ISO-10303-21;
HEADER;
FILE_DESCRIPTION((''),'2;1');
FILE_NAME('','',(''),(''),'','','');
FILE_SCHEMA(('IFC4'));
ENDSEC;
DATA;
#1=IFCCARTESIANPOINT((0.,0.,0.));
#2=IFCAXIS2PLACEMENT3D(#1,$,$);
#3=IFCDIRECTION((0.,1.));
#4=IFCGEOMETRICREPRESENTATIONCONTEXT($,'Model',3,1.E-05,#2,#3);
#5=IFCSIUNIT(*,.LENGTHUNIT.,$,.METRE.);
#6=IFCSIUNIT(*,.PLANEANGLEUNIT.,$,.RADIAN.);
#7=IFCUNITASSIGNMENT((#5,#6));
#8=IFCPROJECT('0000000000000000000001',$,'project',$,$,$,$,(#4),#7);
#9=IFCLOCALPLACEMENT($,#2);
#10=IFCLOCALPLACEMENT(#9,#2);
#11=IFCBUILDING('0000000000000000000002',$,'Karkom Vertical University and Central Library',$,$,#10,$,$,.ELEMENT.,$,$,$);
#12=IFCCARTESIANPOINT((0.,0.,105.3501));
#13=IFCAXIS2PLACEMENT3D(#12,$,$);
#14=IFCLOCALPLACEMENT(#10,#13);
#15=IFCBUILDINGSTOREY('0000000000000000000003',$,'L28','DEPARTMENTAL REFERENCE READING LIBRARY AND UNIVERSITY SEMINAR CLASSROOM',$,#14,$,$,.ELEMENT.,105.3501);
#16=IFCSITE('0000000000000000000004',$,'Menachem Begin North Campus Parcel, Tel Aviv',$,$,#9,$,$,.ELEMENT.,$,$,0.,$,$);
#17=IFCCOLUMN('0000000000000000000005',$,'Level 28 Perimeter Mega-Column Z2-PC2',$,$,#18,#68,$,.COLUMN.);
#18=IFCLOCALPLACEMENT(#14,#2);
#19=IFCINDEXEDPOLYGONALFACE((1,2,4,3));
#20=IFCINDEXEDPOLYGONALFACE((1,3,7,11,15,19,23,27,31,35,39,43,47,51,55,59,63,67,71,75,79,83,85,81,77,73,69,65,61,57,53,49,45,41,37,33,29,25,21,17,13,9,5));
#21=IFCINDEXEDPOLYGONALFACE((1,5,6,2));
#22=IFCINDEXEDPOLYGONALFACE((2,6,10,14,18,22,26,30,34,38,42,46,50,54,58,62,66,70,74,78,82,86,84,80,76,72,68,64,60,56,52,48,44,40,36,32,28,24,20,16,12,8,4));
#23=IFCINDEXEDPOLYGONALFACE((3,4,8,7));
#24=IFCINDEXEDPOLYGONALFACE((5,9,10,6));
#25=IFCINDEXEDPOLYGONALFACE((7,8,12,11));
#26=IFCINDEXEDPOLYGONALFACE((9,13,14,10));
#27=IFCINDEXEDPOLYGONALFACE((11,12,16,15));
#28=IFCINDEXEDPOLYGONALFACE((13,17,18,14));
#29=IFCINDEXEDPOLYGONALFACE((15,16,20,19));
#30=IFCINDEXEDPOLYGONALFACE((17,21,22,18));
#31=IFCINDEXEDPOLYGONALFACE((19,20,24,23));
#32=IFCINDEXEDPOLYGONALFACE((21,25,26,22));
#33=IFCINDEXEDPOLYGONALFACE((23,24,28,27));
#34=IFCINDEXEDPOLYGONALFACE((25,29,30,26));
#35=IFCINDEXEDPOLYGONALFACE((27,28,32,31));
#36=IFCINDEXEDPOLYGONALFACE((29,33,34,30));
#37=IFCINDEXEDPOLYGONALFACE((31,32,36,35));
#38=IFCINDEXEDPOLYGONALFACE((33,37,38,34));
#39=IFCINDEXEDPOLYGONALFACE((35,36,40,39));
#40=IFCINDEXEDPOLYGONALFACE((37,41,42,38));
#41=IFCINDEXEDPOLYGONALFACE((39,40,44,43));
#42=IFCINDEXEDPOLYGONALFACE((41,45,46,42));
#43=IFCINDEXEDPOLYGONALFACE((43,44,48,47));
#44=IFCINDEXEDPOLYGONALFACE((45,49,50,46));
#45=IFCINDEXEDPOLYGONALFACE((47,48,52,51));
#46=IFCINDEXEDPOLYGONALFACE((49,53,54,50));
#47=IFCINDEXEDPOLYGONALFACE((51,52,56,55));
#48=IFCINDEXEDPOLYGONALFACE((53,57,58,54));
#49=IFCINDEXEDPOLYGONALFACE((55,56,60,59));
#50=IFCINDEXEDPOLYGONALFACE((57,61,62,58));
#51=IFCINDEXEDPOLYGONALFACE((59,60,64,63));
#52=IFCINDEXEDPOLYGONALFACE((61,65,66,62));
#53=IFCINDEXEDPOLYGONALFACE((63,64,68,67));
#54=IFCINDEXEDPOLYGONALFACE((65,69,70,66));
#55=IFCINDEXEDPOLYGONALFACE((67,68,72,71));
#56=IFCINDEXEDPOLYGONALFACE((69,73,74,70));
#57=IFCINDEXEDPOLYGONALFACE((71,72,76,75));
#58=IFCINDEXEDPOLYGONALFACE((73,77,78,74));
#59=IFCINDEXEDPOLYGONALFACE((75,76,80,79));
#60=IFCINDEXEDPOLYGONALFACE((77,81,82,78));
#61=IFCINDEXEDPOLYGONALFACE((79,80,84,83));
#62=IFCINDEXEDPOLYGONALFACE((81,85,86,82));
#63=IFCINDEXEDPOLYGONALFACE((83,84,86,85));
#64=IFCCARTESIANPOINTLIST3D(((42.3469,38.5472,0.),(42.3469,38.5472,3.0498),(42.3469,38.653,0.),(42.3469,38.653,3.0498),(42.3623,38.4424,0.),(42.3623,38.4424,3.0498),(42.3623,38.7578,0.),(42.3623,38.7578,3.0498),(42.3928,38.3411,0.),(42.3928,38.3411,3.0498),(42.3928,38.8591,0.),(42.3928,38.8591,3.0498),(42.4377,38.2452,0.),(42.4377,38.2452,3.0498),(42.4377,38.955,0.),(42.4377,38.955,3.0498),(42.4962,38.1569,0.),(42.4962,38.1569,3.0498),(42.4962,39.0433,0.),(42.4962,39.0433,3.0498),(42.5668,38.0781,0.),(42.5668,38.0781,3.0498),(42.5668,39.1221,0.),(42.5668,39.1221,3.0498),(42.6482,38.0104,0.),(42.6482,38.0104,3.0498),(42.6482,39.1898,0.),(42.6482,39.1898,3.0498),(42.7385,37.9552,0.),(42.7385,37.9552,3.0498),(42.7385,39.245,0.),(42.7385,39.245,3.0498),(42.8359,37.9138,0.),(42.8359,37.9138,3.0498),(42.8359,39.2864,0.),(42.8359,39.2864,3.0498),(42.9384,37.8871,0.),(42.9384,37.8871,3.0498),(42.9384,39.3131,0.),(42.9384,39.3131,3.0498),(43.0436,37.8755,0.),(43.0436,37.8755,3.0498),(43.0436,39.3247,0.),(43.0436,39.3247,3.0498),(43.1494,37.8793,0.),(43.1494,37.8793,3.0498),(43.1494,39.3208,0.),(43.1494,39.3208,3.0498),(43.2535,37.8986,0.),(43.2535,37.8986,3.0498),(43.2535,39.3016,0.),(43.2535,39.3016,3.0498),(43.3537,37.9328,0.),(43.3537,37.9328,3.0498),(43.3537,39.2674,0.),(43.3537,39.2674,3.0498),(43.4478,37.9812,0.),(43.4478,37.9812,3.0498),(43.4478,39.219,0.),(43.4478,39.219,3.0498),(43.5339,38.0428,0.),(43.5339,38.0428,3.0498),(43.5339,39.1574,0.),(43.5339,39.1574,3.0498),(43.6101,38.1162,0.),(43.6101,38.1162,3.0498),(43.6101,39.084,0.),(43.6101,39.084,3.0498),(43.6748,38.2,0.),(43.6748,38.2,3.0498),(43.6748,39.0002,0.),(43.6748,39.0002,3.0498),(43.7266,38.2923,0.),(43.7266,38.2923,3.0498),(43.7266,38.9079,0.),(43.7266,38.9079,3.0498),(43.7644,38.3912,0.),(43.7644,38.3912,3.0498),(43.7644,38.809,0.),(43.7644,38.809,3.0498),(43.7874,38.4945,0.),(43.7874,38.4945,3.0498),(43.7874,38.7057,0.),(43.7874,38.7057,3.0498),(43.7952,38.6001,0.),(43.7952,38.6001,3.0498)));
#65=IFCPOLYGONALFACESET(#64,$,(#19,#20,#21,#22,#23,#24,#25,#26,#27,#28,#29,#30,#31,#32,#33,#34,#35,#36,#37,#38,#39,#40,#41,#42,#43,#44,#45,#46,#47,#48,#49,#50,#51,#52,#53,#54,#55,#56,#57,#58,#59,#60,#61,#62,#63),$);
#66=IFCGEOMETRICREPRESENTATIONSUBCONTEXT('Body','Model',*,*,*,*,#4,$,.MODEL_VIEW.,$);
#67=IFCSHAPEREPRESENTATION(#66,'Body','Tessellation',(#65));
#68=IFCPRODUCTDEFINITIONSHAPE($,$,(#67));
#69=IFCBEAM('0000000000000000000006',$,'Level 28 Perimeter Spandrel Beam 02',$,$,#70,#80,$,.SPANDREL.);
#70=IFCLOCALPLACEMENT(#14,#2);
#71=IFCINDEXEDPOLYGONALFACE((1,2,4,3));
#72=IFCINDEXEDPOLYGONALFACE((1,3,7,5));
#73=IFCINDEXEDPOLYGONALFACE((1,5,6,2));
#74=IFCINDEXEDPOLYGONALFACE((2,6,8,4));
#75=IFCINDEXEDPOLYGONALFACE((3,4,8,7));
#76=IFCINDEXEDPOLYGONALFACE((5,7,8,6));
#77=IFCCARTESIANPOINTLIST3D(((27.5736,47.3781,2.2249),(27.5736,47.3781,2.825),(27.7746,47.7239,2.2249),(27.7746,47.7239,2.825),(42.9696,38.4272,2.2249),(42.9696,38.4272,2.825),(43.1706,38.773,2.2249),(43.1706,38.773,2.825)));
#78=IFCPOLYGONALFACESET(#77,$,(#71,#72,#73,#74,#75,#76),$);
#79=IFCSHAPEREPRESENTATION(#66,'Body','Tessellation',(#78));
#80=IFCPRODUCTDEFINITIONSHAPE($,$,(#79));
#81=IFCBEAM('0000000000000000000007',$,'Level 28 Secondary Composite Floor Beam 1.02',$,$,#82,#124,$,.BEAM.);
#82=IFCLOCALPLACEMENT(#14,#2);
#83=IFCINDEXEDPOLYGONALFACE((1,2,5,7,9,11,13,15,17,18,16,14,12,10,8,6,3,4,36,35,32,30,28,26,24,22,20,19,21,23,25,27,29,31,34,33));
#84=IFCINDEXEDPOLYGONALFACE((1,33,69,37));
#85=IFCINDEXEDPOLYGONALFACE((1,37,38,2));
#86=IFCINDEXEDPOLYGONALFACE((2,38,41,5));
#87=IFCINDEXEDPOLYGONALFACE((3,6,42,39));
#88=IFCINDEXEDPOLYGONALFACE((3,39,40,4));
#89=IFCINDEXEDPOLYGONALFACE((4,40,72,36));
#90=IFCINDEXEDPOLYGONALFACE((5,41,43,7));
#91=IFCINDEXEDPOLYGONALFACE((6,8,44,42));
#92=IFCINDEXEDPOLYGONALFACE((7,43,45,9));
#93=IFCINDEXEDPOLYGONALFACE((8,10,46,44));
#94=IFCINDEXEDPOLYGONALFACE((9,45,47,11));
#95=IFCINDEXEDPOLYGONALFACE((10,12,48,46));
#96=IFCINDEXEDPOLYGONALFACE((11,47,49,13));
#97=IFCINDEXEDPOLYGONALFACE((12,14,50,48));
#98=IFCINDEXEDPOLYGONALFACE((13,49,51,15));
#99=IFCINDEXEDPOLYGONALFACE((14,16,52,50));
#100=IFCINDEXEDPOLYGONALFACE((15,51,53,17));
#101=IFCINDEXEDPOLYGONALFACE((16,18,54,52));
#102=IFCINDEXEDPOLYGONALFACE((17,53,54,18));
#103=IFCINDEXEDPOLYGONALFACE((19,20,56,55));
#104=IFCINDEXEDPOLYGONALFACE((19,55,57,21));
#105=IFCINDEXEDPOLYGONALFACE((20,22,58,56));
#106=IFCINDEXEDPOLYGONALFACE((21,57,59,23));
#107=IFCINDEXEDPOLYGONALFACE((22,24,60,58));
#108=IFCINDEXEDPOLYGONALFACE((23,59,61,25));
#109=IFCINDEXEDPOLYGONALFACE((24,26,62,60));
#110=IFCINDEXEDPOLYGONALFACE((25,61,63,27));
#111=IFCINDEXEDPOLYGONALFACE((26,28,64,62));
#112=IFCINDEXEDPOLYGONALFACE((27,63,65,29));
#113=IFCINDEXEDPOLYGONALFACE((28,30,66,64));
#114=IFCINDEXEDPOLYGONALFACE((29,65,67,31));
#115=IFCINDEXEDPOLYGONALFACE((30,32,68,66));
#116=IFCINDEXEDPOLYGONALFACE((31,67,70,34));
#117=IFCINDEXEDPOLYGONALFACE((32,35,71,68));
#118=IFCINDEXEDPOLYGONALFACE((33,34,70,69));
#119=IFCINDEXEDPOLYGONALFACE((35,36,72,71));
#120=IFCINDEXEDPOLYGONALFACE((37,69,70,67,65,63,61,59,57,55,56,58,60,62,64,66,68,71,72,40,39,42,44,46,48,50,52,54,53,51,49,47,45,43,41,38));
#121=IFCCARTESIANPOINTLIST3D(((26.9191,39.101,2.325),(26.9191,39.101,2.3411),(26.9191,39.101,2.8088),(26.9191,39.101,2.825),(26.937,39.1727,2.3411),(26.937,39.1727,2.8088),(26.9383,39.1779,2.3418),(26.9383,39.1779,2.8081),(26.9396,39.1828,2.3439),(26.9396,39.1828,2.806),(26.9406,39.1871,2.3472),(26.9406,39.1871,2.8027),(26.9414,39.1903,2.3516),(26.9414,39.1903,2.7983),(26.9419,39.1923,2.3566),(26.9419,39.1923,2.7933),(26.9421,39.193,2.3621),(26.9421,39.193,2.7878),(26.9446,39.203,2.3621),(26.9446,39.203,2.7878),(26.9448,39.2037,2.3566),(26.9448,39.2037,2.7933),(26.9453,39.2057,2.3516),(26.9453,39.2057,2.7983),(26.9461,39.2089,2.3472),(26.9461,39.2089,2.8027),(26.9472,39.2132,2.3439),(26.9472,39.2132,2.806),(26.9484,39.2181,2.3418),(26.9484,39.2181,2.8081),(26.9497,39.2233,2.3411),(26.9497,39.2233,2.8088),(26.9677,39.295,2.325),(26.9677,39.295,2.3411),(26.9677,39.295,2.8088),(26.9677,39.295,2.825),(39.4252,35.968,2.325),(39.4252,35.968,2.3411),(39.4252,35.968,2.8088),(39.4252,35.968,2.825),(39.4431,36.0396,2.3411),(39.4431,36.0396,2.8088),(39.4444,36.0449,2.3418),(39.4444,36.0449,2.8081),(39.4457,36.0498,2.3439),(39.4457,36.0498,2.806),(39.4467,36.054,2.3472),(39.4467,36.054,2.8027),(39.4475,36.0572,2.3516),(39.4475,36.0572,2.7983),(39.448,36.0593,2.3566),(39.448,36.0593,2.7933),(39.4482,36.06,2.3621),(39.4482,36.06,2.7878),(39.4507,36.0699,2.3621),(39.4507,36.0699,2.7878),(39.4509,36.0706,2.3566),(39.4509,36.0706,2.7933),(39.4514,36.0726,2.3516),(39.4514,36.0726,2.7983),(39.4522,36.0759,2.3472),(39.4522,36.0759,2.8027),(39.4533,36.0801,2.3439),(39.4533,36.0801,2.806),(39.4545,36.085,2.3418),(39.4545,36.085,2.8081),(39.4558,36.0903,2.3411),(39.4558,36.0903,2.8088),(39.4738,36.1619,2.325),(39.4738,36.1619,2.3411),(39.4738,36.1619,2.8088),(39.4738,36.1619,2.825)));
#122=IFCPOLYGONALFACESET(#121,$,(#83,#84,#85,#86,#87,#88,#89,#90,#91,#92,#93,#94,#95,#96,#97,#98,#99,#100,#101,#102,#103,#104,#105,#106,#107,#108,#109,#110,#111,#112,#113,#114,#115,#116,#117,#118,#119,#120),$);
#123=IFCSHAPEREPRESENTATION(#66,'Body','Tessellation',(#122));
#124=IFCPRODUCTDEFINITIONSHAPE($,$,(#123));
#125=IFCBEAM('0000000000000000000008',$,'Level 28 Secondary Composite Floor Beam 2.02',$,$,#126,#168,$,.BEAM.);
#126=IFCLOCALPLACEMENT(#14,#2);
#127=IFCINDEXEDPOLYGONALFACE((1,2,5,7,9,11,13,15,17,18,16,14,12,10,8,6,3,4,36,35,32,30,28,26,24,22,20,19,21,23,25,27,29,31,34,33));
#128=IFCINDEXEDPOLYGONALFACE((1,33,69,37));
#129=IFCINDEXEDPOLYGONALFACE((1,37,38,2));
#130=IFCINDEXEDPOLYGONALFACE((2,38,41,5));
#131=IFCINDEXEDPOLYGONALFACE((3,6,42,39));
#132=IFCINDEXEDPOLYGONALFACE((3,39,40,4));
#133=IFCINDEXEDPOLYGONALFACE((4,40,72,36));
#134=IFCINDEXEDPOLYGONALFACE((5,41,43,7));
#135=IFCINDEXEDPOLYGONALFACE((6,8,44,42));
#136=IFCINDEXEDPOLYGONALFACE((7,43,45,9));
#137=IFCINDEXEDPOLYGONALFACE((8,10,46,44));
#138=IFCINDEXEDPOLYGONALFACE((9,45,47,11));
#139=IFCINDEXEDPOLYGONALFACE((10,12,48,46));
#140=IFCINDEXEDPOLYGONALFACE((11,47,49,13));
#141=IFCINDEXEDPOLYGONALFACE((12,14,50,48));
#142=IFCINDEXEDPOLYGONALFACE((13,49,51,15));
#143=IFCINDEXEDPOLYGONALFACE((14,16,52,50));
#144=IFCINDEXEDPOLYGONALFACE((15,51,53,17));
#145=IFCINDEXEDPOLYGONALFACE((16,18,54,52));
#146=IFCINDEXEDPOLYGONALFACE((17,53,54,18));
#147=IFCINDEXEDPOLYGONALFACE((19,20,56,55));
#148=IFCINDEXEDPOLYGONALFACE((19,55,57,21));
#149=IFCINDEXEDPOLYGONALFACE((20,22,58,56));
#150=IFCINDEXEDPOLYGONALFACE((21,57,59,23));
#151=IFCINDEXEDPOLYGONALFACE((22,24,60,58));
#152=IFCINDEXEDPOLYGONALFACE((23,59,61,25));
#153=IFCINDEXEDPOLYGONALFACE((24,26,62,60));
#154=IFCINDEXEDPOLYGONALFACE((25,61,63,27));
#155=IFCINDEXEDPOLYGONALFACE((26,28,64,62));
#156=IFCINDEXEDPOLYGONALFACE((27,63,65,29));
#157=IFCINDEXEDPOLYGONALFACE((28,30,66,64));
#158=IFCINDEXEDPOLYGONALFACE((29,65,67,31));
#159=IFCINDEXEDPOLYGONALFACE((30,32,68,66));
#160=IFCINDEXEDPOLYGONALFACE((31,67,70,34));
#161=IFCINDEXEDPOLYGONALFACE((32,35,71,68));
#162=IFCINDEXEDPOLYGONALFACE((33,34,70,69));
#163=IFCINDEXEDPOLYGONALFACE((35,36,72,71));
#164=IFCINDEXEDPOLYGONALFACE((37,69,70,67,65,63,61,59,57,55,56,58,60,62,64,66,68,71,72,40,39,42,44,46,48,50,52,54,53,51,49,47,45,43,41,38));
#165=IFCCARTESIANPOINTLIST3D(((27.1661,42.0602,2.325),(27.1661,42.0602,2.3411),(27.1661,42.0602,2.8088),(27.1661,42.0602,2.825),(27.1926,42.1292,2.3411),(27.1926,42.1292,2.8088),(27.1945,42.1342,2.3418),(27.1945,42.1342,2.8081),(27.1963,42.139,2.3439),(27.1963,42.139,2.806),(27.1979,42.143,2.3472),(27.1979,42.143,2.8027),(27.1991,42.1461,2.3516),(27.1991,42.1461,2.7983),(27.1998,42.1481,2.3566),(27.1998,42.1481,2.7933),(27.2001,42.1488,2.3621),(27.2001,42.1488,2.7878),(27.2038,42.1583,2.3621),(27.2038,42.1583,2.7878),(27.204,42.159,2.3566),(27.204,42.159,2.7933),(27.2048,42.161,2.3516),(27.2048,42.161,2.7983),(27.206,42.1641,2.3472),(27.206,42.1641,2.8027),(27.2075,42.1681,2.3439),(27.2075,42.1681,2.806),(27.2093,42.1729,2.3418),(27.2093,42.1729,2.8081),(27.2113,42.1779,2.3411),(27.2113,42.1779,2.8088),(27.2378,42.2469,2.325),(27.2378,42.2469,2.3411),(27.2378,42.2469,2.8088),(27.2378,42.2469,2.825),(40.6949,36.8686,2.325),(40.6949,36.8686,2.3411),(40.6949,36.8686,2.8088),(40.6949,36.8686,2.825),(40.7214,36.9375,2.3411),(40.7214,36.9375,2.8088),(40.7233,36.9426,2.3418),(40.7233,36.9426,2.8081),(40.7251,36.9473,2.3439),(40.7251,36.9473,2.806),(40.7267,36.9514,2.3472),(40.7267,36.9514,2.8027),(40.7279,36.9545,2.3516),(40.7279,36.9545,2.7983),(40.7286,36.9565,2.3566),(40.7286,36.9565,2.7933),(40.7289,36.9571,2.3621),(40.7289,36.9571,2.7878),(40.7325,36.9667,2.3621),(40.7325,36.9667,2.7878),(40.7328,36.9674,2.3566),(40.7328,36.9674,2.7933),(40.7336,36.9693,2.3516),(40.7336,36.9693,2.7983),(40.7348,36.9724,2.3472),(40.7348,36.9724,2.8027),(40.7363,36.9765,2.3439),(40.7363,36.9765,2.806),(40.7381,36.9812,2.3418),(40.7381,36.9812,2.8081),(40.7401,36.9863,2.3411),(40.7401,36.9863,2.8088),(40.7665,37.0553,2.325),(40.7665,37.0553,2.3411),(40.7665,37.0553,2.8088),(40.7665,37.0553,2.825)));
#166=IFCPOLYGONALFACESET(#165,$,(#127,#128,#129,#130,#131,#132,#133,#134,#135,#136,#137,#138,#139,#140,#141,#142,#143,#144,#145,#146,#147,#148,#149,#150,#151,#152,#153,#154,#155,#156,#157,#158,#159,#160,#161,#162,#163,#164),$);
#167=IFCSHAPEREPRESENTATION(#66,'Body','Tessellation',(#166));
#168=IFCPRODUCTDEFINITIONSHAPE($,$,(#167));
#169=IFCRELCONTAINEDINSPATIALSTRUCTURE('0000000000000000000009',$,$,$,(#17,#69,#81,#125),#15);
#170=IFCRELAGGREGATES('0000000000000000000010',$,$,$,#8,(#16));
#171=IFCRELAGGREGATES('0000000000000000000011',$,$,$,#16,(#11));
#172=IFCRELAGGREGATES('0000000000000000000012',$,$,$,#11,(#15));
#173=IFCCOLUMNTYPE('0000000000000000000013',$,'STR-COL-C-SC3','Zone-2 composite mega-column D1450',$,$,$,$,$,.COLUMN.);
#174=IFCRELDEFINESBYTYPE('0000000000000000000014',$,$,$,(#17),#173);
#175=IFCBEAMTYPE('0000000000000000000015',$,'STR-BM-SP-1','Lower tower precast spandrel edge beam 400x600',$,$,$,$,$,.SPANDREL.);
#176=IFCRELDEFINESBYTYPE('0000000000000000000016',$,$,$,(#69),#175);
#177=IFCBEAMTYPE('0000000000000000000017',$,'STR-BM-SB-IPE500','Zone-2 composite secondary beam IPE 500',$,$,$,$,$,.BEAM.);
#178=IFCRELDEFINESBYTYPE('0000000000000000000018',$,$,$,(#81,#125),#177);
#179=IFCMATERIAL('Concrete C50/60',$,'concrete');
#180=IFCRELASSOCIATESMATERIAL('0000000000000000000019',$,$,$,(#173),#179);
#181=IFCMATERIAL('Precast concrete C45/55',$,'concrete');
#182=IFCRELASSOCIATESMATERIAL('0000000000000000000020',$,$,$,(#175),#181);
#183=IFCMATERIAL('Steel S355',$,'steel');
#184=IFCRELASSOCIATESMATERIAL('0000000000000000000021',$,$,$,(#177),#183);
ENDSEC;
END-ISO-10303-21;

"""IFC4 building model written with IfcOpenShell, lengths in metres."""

from ifc_helpers import new_model, si_unit, direction, frame, origin, origin_with_axes, origin_2d, place, context, subcontext, project, spatial, rectangle, circle, i_section, extrude, source, transform, mapped, material, material_profile, profile_set, type_object, element, save


model = new_model("IFC4")

# Units and contexts
model_context = context("Model", 3, precision=1e-05, world=origin(), true_north=direction((0.0, 1.0)))
body_context = subcontext(model_context, "Body", "Model", "MODEL_VIEW")
ifc_project = project(units=[si_unit("LENGTHUNIT", "METRE"), si_unit("PLANEANGLEUNIT", "RADIAN")], contexts=[model_context])

# Site, building, storey
site_placement = place(None, origin())
site = spatial("IfcSite", under=ifc_project, at=site_placement, Name="Menachem Begin North Campus Parcel, Tel Aviv", CompositionType="ELEMENT", RefElevation=0.0)
building_placement = place(site_placement, origin())
building = spatial("IfcBuilding", under=site, at=building_placement, Name="Karkom Vertical University and Central Library", CompositionType="ELEMENT")
storey_placement = place(building_placement, frame((0.0, 0.0, 105.3501)))
storey = spatial("IfcBuildingStorey", under=building, at=storey_placement, Name="L28", Description="DEPARTMENTAL REFERENCE READING LIBRARY AND UNIVERSITY SEMINAR CLASSROOM", CompositionType="ELEMENT", Elevation=105.3501)

# Column
ifc_material_1 = material(Name="Concrete C50/60", Category="concrete")
ifc_material_profile_1 = material_profile(ifc_material_1, circle(Radius=0.7251, at=origin_2d()), Name="CFT-D1450")
ifc_profile_set_1 = profile_set([ifc_material_profile_1], Name="Concrete C50/60")
column_type = type_object("IfcColumnType", Name="STR-COL-C-SC3", Description="Zone-2 composite mega-column D1450", PredefinedType="COLUMN", material=ifc_profile_set_1)
shared_shape_1 = source(origin_with_axes(), body_context, "Body", "SweptSolid", [
    extrude(circle(Radius=0.7251, at=origin_2d()), origin(), (0.0, 0.0, 1.0), 3.0498),
])
column_placement = place(storey_placement, frame((43.0701, 38.6001, 0.0), z_axis=(0.0, 0.0, 1.0), x_axis=(1.0, 0.0, 0.0)))
element("IfcColumn", 1, at=column_placement, inside=storey, type_object=column_type, Name="Level 28 Perimeter Mega-Column Z2-PC2", PredefinedType="COLUMN", context=body_context, shape_type="MappedRepresentation", body=[
    mapped(shared_shape_1, transform((0.0, 0.0, 0.0), scale=1.0)),
])

# Beams
ifc_material_2 = material(Name="Precast concrete C45/55", Category="concrete")
ifc_material_profile_2 = material_profile(ifc_material_2, rectangle(XDim=0.3999, YDim=0.6001, at=origin_2d()), Name="SPB-400x600")
ifc_profile_set_2 = profile_set([ifc_material_profile_2], Name="Precast concrete C45/55")
beam_type_1 = type_object("IfcBeamType", Name="STR-BM-SP-1", Description="Lower tower precast spandrel edge beam 400x600", PredefinedType="SPANDREL", material=ifc_profile_set_2)
shared_shape_2 = source(origin_with_axes(), body_context, "Body", "SweptSolid", [
    extrude(rectangle(XDim=0.3999, YDim=0.6001, at=origin_2d()), origin(), (0.0, 0.0, 1.0), 17.8088),
])
beam_1_placement = place(storey_placement, frame((43.0701, 38.6001, 2.5249), z_axis=(-0.864513, 0.502611, 0.0), x_axis=(-0.502611, -0.864513, 0.0)))
element("IfcBeam", 2, at=beam_1_placement, inside=storey, type_object=beam_type_1, Name="Level 28 Perimeter Spandrel Beam 02", PredefinedType="SPANDREL", context=body_context, shape_type="MappedRepresentation", body=[
    mapped(shared_shape_2, transform((0.0, 0.0, 0.0), scale=1.0)),
])
ifc_material_3 = material(Name="Steel S355", Category="steel")
ifc_material_profile_3 = material_profile(ifc_material_3, i_section(OverallWidth=0.2, OverallDepth=0.5, WebThickness=0.0103, FlangeThickness=0.0161, FilletRadius=0.021, at=origin_2d()), Name="IPE 500")
ifc_profile_set_3 = profile_set([ifc_material_profile_3], Name="Steel S355")
beam_type_2 = type_object("IfcBeamType", Name="STR-BM-SB-IPE500", Description="Zone-2 composite secondary beam IPE 500", PredefinedType="BEAM", material=ifc_profile_set_3)
shared_shape_3 = source(origin_with_axes(), body_context, "Body", "SweptSolid", [
    extrude(i_section(OverallWidth=0.2, OverallDepth=0.5, WebThickness=0.0103, FlangeThickness=0.0161, FilletRadius=0.021, at=origin_2d()), origin(), (0.0, 0.0, 1.0), 12.8926),
])
beam_2_placement = place(storey_placement, frame((39.4495, 36.0649, 2.575), z_axis=(-0.970023, 0.243012, 0.0), x_axis=(-0.243012, -0.970023, 0.0)))
element("IfcBeam", 3, at=beam_2_placement, inside=storey, type_object=beam_type_2, Name="Level 28 Secondary Composite Floor Beam 1.02", PredefinedType="BEAM", context=body_context, shape_type="MappedRepresentation", body=[
    mapped(shared_shape_3, transform((0.0, 0.0, 0.0), scale=1.0)),
])
shared_shape_4 = source(origin_with_axes(), body_context, "Body", "SweptSolid", [
    extrude(i_section(OverallWidth=0.2, OverallDepth=0.5, WebThickness=0.0103, FlangeThickness=0.0161, FilletRadius=0.021, at=origin_2d()), origin(), (0.0, 0.0, 1.0), 14.4907),
])
beam_3_placement = place(storey_placement, frame((40.7307, 36.9619, 2.575), z_axis=(-0.933617, 0.358273, 0.0), x_axis=(-0.358273, -0.933617, 0.0)))
element("IfcBeam", 4, at=beam_3_placement, inside=storey, type_object=beam_type_2, Name="Level 28 Secondary Composite Floor Beam 2.02", PredefinedType="BEAM", context=body_context, shape_type="MappedRepresentation", body=[
    mapped(shared_shape_4, transform((0.0, 0.0, 0.0), scale=1.0)),
])

save(model, "model.ifc")
